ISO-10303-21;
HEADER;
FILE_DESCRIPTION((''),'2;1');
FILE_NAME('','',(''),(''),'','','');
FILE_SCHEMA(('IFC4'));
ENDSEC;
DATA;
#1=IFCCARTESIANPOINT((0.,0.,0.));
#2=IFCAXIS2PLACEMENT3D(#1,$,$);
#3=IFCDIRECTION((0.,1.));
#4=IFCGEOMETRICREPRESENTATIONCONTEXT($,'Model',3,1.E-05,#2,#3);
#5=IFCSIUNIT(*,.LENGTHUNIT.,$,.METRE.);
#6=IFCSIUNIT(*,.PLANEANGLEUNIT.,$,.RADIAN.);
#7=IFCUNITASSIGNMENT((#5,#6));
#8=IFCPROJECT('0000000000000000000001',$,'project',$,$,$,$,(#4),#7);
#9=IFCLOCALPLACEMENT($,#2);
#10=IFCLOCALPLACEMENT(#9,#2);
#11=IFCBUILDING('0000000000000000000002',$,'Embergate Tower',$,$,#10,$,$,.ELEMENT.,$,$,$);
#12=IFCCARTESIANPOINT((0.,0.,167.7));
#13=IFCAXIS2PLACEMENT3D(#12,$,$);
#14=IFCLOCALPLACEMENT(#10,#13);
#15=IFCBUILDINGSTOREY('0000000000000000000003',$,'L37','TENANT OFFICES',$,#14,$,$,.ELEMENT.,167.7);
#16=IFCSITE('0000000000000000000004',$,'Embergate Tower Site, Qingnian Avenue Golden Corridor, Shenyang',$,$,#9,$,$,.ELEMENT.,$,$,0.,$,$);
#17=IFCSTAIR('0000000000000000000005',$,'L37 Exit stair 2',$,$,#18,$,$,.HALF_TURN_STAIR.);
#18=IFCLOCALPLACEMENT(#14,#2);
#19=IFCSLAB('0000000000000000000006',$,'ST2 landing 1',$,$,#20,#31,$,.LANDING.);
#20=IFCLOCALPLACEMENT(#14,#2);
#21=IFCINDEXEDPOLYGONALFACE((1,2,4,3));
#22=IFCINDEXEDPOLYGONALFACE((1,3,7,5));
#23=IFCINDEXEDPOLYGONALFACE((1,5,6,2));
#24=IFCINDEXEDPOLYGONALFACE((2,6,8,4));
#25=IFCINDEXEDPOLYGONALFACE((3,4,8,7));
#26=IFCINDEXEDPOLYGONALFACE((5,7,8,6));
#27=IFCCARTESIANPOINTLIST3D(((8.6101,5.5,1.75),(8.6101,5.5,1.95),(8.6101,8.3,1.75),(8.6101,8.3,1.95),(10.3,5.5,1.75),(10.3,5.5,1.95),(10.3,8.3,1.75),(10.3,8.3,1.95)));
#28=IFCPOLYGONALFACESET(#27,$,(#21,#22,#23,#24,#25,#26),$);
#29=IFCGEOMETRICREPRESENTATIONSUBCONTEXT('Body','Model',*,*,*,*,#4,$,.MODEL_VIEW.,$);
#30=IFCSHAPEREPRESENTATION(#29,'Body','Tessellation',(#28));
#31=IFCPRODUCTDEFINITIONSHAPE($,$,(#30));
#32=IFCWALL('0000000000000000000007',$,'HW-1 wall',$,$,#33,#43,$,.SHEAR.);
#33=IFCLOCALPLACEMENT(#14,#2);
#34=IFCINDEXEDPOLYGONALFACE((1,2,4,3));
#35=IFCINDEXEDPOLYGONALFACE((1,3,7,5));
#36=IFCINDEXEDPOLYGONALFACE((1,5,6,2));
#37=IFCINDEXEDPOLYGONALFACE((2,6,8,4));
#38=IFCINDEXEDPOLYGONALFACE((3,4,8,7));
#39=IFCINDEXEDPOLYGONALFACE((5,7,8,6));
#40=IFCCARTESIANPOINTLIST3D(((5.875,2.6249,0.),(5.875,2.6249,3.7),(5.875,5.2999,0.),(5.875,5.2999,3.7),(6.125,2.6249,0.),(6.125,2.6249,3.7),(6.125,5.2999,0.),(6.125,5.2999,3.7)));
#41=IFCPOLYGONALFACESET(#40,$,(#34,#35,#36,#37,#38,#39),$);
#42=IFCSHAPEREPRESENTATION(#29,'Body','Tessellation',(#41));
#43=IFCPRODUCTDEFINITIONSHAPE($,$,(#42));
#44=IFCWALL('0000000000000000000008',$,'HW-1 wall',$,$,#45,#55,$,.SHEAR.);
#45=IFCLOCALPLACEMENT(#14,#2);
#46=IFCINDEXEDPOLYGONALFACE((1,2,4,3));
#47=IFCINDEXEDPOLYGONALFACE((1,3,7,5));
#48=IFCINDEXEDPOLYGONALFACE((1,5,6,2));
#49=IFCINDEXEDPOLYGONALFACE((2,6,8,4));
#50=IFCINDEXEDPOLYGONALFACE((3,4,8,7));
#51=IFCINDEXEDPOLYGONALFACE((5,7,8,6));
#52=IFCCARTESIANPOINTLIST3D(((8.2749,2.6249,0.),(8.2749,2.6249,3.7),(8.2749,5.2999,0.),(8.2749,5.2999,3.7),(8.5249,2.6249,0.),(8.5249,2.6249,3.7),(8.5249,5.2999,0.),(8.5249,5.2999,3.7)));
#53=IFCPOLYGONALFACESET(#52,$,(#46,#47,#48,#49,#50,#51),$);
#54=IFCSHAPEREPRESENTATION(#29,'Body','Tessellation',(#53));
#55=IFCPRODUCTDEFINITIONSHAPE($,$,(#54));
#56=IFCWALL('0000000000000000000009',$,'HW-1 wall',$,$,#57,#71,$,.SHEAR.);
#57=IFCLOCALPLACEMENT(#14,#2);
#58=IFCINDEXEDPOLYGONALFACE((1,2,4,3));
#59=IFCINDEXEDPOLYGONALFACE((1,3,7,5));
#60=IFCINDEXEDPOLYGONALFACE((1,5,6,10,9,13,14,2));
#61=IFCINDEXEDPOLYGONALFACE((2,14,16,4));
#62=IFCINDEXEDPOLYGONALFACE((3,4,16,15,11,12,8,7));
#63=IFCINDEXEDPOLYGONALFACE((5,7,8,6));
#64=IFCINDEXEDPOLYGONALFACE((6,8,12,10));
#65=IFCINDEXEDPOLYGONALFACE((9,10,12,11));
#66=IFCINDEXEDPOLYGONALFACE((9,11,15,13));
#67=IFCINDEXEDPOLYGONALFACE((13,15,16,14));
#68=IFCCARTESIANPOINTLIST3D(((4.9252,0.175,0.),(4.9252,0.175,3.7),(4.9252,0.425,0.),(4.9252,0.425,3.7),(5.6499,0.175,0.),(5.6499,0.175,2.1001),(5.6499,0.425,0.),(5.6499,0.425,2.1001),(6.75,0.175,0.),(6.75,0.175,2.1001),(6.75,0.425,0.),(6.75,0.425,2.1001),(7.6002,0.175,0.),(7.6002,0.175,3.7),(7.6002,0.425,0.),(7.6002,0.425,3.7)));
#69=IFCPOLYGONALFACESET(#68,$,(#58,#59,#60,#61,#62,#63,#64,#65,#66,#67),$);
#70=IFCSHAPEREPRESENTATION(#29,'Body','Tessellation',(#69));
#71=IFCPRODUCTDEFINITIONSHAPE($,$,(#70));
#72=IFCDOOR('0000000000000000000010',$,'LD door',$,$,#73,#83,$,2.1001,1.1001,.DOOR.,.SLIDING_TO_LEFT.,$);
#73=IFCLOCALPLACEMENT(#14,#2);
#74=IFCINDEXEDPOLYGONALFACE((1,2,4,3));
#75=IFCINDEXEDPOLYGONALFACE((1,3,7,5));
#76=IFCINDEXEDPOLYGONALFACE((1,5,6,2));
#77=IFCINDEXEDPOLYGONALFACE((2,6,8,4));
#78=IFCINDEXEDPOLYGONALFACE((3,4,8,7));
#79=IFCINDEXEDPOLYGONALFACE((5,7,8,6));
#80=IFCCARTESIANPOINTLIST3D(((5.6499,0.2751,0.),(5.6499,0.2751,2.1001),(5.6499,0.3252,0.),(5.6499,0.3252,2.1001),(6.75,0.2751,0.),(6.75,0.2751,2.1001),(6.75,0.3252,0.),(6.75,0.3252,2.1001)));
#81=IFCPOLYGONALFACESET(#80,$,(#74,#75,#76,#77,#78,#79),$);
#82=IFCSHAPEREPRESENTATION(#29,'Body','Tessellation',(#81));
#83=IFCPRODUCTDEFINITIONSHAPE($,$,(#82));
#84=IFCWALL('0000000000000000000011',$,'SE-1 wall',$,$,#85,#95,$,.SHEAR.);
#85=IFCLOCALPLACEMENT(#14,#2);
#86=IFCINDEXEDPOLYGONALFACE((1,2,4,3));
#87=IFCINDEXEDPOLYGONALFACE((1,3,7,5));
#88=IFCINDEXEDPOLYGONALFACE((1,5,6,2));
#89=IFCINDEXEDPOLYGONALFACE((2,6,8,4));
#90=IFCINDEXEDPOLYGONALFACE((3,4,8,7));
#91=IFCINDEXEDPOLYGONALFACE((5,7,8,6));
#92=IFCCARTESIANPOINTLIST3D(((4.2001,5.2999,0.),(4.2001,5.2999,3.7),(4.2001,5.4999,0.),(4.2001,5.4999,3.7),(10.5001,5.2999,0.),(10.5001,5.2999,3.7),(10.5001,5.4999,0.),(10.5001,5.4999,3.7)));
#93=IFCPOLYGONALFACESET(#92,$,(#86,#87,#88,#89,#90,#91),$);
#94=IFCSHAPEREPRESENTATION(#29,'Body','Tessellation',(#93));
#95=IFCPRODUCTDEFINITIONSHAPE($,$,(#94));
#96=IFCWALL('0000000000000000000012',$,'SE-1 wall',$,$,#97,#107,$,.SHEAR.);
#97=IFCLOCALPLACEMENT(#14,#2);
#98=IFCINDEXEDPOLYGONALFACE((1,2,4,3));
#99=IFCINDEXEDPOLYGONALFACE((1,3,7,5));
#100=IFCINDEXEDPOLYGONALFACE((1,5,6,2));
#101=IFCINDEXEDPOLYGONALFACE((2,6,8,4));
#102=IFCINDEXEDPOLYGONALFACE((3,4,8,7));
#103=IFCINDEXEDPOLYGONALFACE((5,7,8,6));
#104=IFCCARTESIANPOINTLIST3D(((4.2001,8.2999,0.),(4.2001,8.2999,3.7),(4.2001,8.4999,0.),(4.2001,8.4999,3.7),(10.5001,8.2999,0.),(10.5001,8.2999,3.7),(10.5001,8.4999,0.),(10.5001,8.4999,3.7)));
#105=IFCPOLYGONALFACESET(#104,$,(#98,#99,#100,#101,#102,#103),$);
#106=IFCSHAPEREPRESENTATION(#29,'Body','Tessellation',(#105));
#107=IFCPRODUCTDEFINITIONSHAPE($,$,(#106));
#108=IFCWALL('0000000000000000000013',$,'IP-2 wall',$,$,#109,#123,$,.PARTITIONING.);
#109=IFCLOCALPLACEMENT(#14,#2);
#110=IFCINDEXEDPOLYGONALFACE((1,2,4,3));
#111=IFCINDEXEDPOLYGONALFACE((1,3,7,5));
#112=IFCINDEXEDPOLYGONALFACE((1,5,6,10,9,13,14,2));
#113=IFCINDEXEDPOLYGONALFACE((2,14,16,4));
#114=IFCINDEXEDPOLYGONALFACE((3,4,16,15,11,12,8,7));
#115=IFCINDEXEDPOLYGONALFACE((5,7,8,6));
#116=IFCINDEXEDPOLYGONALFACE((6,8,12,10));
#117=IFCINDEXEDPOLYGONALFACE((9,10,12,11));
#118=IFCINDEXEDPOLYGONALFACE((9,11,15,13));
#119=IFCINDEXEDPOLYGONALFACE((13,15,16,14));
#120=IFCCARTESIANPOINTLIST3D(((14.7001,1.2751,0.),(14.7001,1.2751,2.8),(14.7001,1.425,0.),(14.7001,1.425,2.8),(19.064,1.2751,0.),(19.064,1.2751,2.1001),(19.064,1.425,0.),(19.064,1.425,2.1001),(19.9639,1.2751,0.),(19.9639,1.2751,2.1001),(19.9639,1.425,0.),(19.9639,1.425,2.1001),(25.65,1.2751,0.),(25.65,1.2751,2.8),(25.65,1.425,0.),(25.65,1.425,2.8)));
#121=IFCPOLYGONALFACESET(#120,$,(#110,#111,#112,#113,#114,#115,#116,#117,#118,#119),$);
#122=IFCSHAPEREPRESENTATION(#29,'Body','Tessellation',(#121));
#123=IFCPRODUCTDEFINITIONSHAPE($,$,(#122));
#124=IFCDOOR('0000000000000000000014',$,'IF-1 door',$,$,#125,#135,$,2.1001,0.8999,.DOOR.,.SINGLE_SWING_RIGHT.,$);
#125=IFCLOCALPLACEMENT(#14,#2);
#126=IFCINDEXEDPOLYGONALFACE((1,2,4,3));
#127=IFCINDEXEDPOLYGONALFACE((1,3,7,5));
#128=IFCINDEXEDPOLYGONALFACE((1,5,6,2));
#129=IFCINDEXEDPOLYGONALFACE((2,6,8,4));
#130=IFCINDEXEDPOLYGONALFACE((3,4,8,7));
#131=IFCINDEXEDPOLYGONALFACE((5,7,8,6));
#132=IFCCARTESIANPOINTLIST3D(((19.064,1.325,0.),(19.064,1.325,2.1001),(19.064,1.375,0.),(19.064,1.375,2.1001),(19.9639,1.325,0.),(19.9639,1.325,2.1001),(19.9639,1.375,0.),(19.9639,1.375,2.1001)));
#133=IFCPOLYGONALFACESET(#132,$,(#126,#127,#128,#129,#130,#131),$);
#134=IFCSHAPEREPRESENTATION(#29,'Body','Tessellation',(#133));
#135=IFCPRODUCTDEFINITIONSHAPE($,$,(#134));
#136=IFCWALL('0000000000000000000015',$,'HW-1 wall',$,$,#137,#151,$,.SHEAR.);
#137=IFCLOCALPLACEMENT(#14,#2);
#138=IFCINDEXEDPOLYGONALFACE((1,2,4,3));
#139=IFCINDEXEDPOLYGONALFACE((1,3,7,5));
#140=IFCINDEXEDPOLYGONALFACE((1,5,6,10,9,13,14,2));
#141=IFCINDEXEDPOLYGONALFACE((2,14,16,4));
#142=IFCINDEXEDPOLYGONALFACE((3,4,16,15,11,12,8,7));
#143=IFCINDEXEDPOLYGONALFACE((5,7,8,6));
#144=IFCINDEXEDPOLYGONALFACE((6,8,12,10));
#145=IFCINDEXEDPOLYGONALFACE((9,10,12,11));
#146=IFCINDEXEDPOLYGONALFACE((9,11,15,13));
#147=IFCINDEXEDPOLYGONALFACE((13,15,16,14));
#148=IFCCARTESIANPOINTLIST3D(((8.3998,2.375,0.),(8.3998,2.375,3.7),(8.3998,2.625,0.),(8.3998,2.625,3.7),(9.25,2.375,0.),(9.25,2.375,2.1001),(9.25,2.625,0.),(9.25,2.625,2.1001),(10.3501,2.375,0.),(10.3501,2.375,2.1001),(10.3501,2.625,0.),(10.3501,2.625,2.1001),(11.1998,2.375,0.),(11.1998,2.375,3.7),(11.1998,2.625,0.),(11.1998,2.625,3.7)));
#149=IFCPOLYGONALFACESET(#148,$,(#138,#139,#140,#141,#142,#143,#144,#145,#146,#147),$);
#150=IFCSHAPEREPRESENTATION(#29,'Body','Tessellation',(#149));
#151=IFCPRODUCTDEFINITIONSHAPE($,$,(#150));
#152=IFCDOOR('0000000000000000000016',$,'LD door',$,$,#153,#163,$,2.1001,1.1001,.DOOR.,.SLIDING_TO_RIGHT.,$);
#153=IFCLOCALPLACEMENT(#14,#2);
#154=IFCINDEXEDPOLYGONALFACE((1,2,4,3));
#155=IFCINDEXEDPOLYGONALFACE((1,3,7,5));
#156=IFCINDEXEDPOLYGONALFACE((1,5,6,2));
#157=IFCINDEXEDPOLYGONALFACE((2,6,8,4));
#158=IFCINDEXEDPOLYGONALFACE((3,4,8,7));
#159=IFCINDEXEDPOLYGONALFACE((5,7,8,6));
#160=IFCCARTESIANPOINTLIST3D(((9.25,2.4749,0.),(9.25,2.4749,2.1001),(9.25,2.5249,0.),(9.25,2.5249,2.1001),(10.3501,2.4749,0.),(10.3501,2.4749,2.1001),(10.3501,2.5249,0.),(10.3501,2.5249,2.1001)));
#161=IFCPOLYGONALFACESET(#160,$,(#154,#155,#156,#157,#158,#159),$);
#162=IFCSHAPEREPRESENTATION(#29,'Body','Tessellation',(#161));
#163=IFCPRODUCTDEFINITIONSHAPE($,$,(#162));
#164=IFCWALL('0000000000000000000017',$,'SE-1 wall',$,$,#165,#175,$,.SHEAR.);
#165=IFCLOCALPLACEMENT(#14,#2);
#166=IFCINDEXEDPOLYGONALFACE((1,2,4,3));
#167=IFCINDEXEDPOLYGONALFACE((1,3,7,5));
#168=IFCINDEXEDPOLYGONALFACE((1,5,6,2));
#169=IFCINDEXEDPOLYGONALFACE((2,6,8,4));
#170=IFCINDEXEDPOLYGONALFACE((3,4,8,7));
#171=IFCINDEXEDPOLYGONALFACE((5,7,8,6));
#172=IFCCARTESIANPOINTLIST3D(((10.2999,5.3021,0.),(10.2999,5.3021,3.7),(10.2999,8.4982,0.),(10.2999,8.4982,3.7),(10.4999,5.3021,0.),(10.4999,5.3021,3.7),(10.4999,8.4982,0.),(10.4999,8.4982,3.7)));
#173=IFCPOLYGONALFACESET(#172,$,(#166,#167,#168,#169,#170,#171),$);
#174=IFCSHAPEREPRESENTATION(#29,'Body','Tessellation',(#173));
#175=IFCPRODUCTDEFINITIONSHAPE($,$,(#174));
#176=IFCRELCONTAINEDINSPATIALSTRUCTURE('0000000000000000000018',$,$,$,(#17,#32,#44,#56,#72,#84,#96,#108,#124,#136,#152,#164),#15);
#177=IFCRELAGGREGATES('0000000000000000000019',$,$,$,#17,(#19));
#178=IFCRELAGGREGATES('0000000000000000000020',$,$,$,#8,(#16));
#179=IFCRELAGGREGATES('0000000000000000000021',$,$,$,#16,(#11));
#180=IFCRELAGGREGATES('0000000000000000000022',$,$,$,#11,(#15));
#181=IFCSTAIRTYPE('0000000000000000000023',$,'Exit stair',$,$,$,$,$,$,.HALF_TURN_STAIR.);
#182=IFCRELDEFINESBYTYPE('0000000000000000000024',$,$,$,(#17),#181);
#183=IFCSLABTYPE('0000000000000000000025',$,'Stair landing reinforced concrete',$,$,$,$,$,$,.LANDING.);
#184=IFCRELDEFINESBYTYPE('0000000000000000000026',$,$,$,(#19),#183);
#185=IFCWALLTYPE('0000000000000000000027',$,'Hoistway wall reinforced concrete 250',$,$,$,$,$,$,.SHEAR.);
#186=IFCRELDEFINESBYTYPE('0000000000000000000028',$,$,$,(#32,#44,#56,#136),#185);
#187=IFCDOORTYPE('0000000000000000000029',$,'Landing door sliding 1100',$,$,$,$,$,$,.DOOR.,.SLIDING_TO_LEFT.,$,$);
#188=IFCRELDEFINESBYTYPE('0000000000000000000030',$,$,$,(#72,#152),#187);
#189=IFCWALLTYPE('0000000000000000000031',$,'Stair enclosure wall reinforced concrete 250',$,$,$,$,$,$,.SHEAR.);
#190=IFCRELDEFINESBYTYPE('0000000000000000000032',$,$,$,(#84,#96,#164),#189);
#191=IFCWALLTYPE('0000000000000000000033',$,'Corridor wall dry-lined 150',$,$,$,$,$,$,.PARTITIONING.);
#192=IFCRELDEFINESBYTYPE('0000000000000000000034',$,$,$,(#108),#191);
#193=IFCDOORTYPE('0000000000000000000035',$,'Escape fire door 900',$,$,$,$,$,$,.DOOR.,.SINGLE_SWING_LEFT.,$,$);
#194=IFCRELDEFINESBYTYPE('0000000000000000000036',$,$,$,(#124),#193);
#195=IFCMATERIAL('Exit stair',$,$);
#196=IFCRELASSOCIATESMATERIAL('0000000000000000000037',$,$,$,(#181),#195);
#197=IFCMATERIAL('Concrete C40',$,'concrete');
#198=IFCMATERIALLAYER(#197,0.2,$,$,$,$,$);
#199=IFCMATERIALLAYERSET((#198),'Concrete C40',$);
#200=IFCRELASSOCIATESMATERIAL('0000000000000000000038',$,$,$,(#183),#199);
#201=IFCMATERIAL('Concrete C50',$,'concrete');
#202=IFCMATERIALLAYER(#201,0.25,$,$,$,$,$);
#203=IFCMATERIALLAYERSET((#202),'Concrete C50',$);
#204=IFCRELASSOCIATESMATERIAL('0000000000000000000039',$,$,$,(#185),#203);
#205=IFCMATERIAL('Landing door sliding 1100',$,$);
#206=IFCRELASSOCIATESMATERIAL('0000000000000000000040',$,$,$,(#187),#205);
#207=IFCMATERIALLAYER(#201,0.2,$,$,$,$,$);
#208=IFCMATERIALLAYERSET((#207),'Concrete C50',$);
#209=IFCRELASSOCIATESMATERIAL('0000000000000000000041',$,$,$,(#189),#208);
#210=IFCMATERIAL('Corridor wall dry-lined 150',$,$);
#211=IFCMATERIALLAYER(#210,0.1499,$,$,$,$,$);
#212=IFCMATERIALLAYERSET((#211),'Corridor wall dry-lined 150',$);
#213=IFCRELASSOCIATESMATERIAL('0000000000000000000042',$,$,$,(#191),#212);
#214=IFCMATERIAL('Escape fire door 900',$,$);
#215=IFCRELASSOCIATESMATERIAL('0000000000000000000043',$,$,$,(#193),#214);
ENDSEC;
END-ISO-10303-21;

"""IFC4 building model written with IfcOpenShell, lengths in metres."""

from ifc_helpers import new_model, si_unit, direction, frame, frame_2d, origin, place, context, subcontext, project, spatial, polyline, rectangle, outline, extrude, source, transform, mapped, material, layer, layer_set, type_object, element, fill, aggregate, save


model = new_model("IFC4")

# Units and contexts
model_context = context("Model", 3, precision=1e-05, world=origin(), true_north=direction((0.0, 1.0)))
body_context = subcontext(model_context, "Body", "Model", "MODEL_VIEW")
ifc_project = project(units=[si_unit("LENGTHUNIT", "METRE"), si_unit("PLANEANGLEUNIT", "RADIAN")], contexts=[model_context])

# Site, building, storey
site_placement = place(None, origin())
site = spatial("IfcSite", under=ifc_project, at=site_placement, Name="Embergate Tower Site, Qingnian Avenue Golden Corridor, Shenyang", CompositionType="ELEMENT", RefElevation=0.0)
building_placement = place(site_placement, origin())
building = spatial("IfcBuilding", under=site, at=building_placement, Name="Embergate Tower", CompositionType="ELEMENT")
storey_placement = place(building_placement, frame((0.0, 0.0, 167.7)))
storey = spatial("IfcBuildingStorey", under=building, at=storey_placement, Name="L37", Description="TENANT OFFICES", CompositionType="ELEMENT", Elevation=167.7)

# Stair, slab
ifc_material_1 = material(Name="Exit stair")
stair_type = type_object("IfcStairType", Name="Exit stair", PredefinedType="HALF_TURN_STAIR", material=ifc_material_1)
stair_placement = place(storey_placement, origin())
stair = element("IfcStair", 1, at=stair_placement, inside=storey, type_object=stair_type, Name="L37 Exit stair 2", PredefinedType="HALF_TURN_STAIR")
ifc_material_2 = material(Name="Concrete C40", Category="concrete")
ifc_layer_1 = layer(ifc_material_2, 0.2)
ifc_layer_set_1 = layer_set([ifc_layer_1], Name="Concrete C40")
slab_type = type_object("IfcSlabType", Name="Stair landing reinforced concrete", PredefinedType="LANDING", material=ifc_layer_set_1)
shared_shape_1 = source(origin(), body_context, "Body", "SweptSolid", [
    extrude(outline(polyline([(0.0, 0.0), (1.6899, 0.0), (1.6899, 2.8), (0.0, 2.8), (0.0, 0.0)])), origin(), (0.0, 0.0, 1.0), 0.2),
])
slab_placement = place(storey_placement, frame((8.6101, 5.5, 1.75)))
slab = element("IfcSlab", 2, at=slab_placement, type_object=slab_type, Name="ST2 landing 1", PredefinedType="LANDING", context=body_context, shape_type="MappedRepresentation", body=[
    mapped(shared_shape_1, transform((0.0, 0.0, 0.0))),
])

# Walls
ifc_material_3 = material(Name="Concrete C50", Category="concrete")
ifc_layer_2 = layer(ifc_material_3, 0.25)
ifc_layer_set_2 = layer_set([ifc_layer_2], Name="Concrete C50")
wall_type_1 = type_object("IfcWallType", Name="Hoistway wall reinforced concrete 250", PredefinedType="SHEAR", material=ifc_layer_set_2)
shared_shape_2 = source(origin(), body_context, "Body", "SweptSolid", [
    extrude(rectangle(XDim=2.675, YDim=0.25, at=frame_2d((1.3374, 0.0))), origin(), (0.0, 0.0, 1.0), 3.7),
])
for number, where, z_axis, x_axis, name in (
    (3, (6.0, 2.625, 0.0), (0.0, 0.0, 1.0), (0.0, 1.0, 0.0), "HW-1 wall"),
    (4, (8.3999, 2.625, 0.0), (0.0, 0.0, 1.0), (0.0, 1.0, 0.0), "HW-1 wall"),
):
    element("IfcWall", number, at=place(storey_placement, frame(where, z_axis=z_axis, x_axis=x_axis)), inside=storey, type_object=wall_type_1, Name=name, PredefinedType="SHEAR", context=body_context, shape_type="MappedRepresentation", body=[
        mapped(shared_shape_2, transform((0.0, 0.0, 0.0))),
    ])

# Wall, opening, door
wall_1_placement = place(storey_placement, frame((7.6001, 0.3, 0.0), z_axis=(0.0, 0.0, 1.0), x_axis=(-1.0, 0.0, 0.0)))
wall_1 = element("IfcWall", 5, at=wall_1_placement, inside=storey, type_object=wall_type_1, Name="HW-1 wall", PredefinedType="SHEAR", context=body_context, shape_type="MappedRepresentation", body=[
    mapped(shared_shape_2, transform((0.0, 0.0, 0.0))),
])
shared_shape_3 = source(origin(), body_context, "Body", "SweptSolid", [
    extrude(rectangle(XDim=1.1001, YDim=2.1001, at=frame_2d((0.55, 1.05))), frame((0.0, 0.135, 0.0), z_axis=(0.0, -1.0, 0.0), x_axis=(1.0, 0.0, 0.0)), (0.0, 0.0, 1.0), 0.27),
])
opening_1_placement = place(wall_1_placement, frame((0.8501, 0.0, 0.0)))
opening_1 = element("IfcOpeningElement", 6, at=opening_1_placement, cuts=wall_1, PredefinedType="OPENING", context=body_context, shape_type="MappedRepresentation", body=[
    mapped(shared_shape_3, transform((0.0, 0.0, 0.0))),
])
ifc_material_4 = material(Name="Landing door sliding 1100")
door_type_1 = type_object("IfcDoorType", Name="Landing door sliding 1100", OperationType="SLIDING_TO_LEFT", PredefinedType="DOOR", material=ifc_material_4)
shared_shape_4 = source(origin(), body_context, "Body", "SweptSolid", [
    extrude(rectangle(XDim=1.1001, YDim=2.1001, at=frame_2d((0.55, 1.05))), frame((0.0, 0.0249, 0.0), z_axis=(0.0, -1.0, 0.0), x_axis=(1.0, 0.0, 0.0)), (0.0, 0.0, 1.0), 0.05),
])
door_1_placement = place(opening_1_placement, origin())
door_1 = element("IfcDoor", 7, at=door_1_placement, inside=storey, type_object=door_type_1, Name="LD door", OperationType="SLIDING_TO_LEFT", OverallHeight=2.1001, OverallWidth=1.1001, PredefinedType="DOOR", context=body_context, shape_type="MappedRepresentation", body=[
    mapped(shared_shape_4, transform((0.0, 0.0, 0.0))),
])
fill(opening_1, door_1)

# Walls
ifc_layer_3 = layer(ifc_material_3, 0.2)
ifc_layer_set_3 = layer_set([ifc_layer_3], Name="Concrete C50")
wall_type_2 = type_object("IfcWallType", Name="Stair enclosure wall reinforced concrete 250", PredefinedType="SHEAR", material=ifc_layer_set_3)
shared_shape_5 = source(origin(), body_context, "Body", "SweptSolid", [
    extrude(rectangle(XDim=6.3, YDim=0.2, at=frame_2d((3.1499, 0.0))), origin(), (0.0, 0.0, 1.0), 3.7),
])
for number, where, z_axis, x_axis, name in (
    (8, (10.5, 5.3999, 0.0), (0.0, 0.0, 1.0), (-1.0, 0.0, 0.0), "SE-1 wall"),
    (9, (10.5, 8.3999, 0.0), (0.0, 0.0, 1.0), (-1.0, 0.0, 0.0), "SE-1 wall"),
):
    element("IfcWall", number, at=place(storey_placement, frame(where, z_axis=z_axis, x_axis=x_axis)), inside=storey, type_object=wall_type_2, Name=name, PredefinedType="SHEAR", context=body_context, shape_type="MappedRepresentation", body=[
        mapped(shared_shape_5, transform((0.0, 0.0, 0.0))),
    ])

# Walls, openings, doors
ifc_material_5 = material(Name="Corridor wall dry-lined 150")
ifc_layer_4 = layer(ifc_material_5, 0.1499)
ifc_layer_set_4 = layer_set([ifc_layer_4], Name="Corridor wall dry-lined 150")
wall_type_3 = type_object("IfcWallType", Name="Corridor wall dry-lined 150", PredefinedType="PARTITIONING", material=ifc_layer_set_4)
shared_shape_6 = source(origin(), body_context, "Body", "SweptSolid", [
    extrude(rectangle(XDim=10.95, YDim=0.1499, at=frame_2d((5.4751, 0.0))), origin(), (0.0, 0.0, 1.0), 2.8),
])
wall_2_placement = place(storey_placement, frame((14.7, 1.3501, 0.0), z_axis=(0.0, 0.0, 1.0), x_axis=(1.0, 0.0, 0.0)))
wall_2 = element("IfcWall", 10, at=wall_2_placement, inside=storey, type_object=wall_type_3, Name="IP-2 wall", PredefinedType="PARTITIONING", context=body_context, shape_type="MappedRepresentation", body=[
    mapped(shared_shape_6, transform((0.0, 0.0, 0.0))),
])
shared_shape_7 = source(origin(), body_context, "Body", "SweptSolid", [
    extrude(rectangle(XDim=0.8999, YDim=2.1001, at=frame_2d((0.45, 1.05))), frame((0.0, 0.085, 0.0), z_axis=(0.0, -1.0, 0.0), x_axis=(1.0, 0.0, 0.0)), (0.0, 0.0, 1.0), 0.1699),
])
opening_2_placement = place(wall_2_placement, frame((4.364, 0.0, 0.0)))
opening_2 = element("IfcOpeningElement", 11, at=opening_2_placement, cuts=wall_2, PredefinedType="OPENING", context=body_context, shape_type="MappedRepresentation", body=[
    mapped(shared_shape_7, transform((0.0, 0.0, 0.0))),
])
ifc_material_6 = material(Name="Escape fire door 900")
door_type_2 = type_object("IfcDoorType", Name="Escape fire door 900", OperationType="SINGLE_SWING_LEFT", PredefinedType="DOOR", material=ifc_material_6)
shared_shape_8 = source(origin(), body_context, "Body", "SweptSolid", [
    extrude(rectangle(XDim=0.8999, YDim=2.1001, at=frame_2d((0.45, 1.05))), frame((0.0, 0.0249, 0.0), z_axis=(0.0, -1.0, 0.0), x_axis=(1.0, 0.0, 0.0)), (0.0, 0.0, 1.0), 0.05),
])
door_2_placement = place(opening_2_placement, origin())
door_2 = element("IfcDoor", 12, at=door_2_placement, inside=storey, type_object=door_type_2, Name="IF-1 door", OperationType="SINGLE_SWING_RIGHT", OverallHeight=2.1001, OverallWidth=0.8999, PredefinedType="DOOR", context=body_context, shape_type="MappedRepresentation", body=[
    mapped(shared_shape_8, transform((0.0, 0.0, 0.0))),
])
fill(opening_2, door_2)
shared_shape_9 = source(origin(), body_context, "Body", "SweptSolid", [
    extrude(rectangle(XDim=2.8, YDim=0.25, at=frame_2d((1.3999, 0.0))), origin(), (0.0, 0.0, 1.0), 3.7),
])
wall_3_placement = place(storey_placement, frame((8.3999, 2.5, 0.0), z_axis=(0.0, 0.0, 1.0), x_axis=(1.0, 0.0, 0.0)))
wall_3 = element("IfcWall", 13, at=wall_3_placement, inside=storey, type_object=wall_type_1, Name="HW-1 wall", PredefinedType="SHEAR", context=body_context, shape_type="MappedRepresentation", body=[
    mapped(shared_shape_9, transform((0.0, 0.0, 0.0))),
])
opening_3_placement = place(wall_3_placement, frame((0.8501, 0.0, 0.0)))
opening_3 = element("IfcOpeningElement", 14, at=opening_3_placement, cuts=wall_3, PredefinedType="OPENING", context=body_context, shape_type="MappedRepresentation", body=[
    mapped(shared_shape_3, transform((0.0, 0.0, 0.0))),
])
door_3_placement = place(opening_3_placement, origin())
door_3 = element("IfcDoor", 15, at=door_3_placement, inside=storey, type_object=door_type_1, Name="LD door", OperationType="SLIDING_TO_RIGHT", OverallHeight=2.1001, OverallWidth=1.1001, PredefinedType="DOOR", context=body_context, shape_type="MappedRepresentation", body=[
    mapped(shared_shape_4, transform((0.0, 0.0, 0.0))),
])
fill(opening_3, door_3)

# Wall
shared_shape_10 = source(origin(), body_context, "Body", "SweptSolid", [
    extrude(rectangle(XDim=3.196, YDim=0.2, at=frame_2d((1.5981, 0.0))), origin(), (0.0, 0.0, 1.0), 3.7),
])
wall_4_placement = place(storey_placement, frame((10.3999, 5.302, 0.0), z_axis=(0.0, 0.0, 1.0), x_axis=(0.0, 1.0, 0.0)))
element("IfcWall", 16, at=wall_4_placement, inside=storey, type_object=wall_type_2, Name="SE-1 wall", PredefinedType="SHEAR", context=body_context, shape_type="MappedRepresentation", body=[
    mapped(shared_shape_10, transform((0.0, 0.0, 0.0))),
])

aggregate(stair, [slab])

save(model, "model.ifc")
